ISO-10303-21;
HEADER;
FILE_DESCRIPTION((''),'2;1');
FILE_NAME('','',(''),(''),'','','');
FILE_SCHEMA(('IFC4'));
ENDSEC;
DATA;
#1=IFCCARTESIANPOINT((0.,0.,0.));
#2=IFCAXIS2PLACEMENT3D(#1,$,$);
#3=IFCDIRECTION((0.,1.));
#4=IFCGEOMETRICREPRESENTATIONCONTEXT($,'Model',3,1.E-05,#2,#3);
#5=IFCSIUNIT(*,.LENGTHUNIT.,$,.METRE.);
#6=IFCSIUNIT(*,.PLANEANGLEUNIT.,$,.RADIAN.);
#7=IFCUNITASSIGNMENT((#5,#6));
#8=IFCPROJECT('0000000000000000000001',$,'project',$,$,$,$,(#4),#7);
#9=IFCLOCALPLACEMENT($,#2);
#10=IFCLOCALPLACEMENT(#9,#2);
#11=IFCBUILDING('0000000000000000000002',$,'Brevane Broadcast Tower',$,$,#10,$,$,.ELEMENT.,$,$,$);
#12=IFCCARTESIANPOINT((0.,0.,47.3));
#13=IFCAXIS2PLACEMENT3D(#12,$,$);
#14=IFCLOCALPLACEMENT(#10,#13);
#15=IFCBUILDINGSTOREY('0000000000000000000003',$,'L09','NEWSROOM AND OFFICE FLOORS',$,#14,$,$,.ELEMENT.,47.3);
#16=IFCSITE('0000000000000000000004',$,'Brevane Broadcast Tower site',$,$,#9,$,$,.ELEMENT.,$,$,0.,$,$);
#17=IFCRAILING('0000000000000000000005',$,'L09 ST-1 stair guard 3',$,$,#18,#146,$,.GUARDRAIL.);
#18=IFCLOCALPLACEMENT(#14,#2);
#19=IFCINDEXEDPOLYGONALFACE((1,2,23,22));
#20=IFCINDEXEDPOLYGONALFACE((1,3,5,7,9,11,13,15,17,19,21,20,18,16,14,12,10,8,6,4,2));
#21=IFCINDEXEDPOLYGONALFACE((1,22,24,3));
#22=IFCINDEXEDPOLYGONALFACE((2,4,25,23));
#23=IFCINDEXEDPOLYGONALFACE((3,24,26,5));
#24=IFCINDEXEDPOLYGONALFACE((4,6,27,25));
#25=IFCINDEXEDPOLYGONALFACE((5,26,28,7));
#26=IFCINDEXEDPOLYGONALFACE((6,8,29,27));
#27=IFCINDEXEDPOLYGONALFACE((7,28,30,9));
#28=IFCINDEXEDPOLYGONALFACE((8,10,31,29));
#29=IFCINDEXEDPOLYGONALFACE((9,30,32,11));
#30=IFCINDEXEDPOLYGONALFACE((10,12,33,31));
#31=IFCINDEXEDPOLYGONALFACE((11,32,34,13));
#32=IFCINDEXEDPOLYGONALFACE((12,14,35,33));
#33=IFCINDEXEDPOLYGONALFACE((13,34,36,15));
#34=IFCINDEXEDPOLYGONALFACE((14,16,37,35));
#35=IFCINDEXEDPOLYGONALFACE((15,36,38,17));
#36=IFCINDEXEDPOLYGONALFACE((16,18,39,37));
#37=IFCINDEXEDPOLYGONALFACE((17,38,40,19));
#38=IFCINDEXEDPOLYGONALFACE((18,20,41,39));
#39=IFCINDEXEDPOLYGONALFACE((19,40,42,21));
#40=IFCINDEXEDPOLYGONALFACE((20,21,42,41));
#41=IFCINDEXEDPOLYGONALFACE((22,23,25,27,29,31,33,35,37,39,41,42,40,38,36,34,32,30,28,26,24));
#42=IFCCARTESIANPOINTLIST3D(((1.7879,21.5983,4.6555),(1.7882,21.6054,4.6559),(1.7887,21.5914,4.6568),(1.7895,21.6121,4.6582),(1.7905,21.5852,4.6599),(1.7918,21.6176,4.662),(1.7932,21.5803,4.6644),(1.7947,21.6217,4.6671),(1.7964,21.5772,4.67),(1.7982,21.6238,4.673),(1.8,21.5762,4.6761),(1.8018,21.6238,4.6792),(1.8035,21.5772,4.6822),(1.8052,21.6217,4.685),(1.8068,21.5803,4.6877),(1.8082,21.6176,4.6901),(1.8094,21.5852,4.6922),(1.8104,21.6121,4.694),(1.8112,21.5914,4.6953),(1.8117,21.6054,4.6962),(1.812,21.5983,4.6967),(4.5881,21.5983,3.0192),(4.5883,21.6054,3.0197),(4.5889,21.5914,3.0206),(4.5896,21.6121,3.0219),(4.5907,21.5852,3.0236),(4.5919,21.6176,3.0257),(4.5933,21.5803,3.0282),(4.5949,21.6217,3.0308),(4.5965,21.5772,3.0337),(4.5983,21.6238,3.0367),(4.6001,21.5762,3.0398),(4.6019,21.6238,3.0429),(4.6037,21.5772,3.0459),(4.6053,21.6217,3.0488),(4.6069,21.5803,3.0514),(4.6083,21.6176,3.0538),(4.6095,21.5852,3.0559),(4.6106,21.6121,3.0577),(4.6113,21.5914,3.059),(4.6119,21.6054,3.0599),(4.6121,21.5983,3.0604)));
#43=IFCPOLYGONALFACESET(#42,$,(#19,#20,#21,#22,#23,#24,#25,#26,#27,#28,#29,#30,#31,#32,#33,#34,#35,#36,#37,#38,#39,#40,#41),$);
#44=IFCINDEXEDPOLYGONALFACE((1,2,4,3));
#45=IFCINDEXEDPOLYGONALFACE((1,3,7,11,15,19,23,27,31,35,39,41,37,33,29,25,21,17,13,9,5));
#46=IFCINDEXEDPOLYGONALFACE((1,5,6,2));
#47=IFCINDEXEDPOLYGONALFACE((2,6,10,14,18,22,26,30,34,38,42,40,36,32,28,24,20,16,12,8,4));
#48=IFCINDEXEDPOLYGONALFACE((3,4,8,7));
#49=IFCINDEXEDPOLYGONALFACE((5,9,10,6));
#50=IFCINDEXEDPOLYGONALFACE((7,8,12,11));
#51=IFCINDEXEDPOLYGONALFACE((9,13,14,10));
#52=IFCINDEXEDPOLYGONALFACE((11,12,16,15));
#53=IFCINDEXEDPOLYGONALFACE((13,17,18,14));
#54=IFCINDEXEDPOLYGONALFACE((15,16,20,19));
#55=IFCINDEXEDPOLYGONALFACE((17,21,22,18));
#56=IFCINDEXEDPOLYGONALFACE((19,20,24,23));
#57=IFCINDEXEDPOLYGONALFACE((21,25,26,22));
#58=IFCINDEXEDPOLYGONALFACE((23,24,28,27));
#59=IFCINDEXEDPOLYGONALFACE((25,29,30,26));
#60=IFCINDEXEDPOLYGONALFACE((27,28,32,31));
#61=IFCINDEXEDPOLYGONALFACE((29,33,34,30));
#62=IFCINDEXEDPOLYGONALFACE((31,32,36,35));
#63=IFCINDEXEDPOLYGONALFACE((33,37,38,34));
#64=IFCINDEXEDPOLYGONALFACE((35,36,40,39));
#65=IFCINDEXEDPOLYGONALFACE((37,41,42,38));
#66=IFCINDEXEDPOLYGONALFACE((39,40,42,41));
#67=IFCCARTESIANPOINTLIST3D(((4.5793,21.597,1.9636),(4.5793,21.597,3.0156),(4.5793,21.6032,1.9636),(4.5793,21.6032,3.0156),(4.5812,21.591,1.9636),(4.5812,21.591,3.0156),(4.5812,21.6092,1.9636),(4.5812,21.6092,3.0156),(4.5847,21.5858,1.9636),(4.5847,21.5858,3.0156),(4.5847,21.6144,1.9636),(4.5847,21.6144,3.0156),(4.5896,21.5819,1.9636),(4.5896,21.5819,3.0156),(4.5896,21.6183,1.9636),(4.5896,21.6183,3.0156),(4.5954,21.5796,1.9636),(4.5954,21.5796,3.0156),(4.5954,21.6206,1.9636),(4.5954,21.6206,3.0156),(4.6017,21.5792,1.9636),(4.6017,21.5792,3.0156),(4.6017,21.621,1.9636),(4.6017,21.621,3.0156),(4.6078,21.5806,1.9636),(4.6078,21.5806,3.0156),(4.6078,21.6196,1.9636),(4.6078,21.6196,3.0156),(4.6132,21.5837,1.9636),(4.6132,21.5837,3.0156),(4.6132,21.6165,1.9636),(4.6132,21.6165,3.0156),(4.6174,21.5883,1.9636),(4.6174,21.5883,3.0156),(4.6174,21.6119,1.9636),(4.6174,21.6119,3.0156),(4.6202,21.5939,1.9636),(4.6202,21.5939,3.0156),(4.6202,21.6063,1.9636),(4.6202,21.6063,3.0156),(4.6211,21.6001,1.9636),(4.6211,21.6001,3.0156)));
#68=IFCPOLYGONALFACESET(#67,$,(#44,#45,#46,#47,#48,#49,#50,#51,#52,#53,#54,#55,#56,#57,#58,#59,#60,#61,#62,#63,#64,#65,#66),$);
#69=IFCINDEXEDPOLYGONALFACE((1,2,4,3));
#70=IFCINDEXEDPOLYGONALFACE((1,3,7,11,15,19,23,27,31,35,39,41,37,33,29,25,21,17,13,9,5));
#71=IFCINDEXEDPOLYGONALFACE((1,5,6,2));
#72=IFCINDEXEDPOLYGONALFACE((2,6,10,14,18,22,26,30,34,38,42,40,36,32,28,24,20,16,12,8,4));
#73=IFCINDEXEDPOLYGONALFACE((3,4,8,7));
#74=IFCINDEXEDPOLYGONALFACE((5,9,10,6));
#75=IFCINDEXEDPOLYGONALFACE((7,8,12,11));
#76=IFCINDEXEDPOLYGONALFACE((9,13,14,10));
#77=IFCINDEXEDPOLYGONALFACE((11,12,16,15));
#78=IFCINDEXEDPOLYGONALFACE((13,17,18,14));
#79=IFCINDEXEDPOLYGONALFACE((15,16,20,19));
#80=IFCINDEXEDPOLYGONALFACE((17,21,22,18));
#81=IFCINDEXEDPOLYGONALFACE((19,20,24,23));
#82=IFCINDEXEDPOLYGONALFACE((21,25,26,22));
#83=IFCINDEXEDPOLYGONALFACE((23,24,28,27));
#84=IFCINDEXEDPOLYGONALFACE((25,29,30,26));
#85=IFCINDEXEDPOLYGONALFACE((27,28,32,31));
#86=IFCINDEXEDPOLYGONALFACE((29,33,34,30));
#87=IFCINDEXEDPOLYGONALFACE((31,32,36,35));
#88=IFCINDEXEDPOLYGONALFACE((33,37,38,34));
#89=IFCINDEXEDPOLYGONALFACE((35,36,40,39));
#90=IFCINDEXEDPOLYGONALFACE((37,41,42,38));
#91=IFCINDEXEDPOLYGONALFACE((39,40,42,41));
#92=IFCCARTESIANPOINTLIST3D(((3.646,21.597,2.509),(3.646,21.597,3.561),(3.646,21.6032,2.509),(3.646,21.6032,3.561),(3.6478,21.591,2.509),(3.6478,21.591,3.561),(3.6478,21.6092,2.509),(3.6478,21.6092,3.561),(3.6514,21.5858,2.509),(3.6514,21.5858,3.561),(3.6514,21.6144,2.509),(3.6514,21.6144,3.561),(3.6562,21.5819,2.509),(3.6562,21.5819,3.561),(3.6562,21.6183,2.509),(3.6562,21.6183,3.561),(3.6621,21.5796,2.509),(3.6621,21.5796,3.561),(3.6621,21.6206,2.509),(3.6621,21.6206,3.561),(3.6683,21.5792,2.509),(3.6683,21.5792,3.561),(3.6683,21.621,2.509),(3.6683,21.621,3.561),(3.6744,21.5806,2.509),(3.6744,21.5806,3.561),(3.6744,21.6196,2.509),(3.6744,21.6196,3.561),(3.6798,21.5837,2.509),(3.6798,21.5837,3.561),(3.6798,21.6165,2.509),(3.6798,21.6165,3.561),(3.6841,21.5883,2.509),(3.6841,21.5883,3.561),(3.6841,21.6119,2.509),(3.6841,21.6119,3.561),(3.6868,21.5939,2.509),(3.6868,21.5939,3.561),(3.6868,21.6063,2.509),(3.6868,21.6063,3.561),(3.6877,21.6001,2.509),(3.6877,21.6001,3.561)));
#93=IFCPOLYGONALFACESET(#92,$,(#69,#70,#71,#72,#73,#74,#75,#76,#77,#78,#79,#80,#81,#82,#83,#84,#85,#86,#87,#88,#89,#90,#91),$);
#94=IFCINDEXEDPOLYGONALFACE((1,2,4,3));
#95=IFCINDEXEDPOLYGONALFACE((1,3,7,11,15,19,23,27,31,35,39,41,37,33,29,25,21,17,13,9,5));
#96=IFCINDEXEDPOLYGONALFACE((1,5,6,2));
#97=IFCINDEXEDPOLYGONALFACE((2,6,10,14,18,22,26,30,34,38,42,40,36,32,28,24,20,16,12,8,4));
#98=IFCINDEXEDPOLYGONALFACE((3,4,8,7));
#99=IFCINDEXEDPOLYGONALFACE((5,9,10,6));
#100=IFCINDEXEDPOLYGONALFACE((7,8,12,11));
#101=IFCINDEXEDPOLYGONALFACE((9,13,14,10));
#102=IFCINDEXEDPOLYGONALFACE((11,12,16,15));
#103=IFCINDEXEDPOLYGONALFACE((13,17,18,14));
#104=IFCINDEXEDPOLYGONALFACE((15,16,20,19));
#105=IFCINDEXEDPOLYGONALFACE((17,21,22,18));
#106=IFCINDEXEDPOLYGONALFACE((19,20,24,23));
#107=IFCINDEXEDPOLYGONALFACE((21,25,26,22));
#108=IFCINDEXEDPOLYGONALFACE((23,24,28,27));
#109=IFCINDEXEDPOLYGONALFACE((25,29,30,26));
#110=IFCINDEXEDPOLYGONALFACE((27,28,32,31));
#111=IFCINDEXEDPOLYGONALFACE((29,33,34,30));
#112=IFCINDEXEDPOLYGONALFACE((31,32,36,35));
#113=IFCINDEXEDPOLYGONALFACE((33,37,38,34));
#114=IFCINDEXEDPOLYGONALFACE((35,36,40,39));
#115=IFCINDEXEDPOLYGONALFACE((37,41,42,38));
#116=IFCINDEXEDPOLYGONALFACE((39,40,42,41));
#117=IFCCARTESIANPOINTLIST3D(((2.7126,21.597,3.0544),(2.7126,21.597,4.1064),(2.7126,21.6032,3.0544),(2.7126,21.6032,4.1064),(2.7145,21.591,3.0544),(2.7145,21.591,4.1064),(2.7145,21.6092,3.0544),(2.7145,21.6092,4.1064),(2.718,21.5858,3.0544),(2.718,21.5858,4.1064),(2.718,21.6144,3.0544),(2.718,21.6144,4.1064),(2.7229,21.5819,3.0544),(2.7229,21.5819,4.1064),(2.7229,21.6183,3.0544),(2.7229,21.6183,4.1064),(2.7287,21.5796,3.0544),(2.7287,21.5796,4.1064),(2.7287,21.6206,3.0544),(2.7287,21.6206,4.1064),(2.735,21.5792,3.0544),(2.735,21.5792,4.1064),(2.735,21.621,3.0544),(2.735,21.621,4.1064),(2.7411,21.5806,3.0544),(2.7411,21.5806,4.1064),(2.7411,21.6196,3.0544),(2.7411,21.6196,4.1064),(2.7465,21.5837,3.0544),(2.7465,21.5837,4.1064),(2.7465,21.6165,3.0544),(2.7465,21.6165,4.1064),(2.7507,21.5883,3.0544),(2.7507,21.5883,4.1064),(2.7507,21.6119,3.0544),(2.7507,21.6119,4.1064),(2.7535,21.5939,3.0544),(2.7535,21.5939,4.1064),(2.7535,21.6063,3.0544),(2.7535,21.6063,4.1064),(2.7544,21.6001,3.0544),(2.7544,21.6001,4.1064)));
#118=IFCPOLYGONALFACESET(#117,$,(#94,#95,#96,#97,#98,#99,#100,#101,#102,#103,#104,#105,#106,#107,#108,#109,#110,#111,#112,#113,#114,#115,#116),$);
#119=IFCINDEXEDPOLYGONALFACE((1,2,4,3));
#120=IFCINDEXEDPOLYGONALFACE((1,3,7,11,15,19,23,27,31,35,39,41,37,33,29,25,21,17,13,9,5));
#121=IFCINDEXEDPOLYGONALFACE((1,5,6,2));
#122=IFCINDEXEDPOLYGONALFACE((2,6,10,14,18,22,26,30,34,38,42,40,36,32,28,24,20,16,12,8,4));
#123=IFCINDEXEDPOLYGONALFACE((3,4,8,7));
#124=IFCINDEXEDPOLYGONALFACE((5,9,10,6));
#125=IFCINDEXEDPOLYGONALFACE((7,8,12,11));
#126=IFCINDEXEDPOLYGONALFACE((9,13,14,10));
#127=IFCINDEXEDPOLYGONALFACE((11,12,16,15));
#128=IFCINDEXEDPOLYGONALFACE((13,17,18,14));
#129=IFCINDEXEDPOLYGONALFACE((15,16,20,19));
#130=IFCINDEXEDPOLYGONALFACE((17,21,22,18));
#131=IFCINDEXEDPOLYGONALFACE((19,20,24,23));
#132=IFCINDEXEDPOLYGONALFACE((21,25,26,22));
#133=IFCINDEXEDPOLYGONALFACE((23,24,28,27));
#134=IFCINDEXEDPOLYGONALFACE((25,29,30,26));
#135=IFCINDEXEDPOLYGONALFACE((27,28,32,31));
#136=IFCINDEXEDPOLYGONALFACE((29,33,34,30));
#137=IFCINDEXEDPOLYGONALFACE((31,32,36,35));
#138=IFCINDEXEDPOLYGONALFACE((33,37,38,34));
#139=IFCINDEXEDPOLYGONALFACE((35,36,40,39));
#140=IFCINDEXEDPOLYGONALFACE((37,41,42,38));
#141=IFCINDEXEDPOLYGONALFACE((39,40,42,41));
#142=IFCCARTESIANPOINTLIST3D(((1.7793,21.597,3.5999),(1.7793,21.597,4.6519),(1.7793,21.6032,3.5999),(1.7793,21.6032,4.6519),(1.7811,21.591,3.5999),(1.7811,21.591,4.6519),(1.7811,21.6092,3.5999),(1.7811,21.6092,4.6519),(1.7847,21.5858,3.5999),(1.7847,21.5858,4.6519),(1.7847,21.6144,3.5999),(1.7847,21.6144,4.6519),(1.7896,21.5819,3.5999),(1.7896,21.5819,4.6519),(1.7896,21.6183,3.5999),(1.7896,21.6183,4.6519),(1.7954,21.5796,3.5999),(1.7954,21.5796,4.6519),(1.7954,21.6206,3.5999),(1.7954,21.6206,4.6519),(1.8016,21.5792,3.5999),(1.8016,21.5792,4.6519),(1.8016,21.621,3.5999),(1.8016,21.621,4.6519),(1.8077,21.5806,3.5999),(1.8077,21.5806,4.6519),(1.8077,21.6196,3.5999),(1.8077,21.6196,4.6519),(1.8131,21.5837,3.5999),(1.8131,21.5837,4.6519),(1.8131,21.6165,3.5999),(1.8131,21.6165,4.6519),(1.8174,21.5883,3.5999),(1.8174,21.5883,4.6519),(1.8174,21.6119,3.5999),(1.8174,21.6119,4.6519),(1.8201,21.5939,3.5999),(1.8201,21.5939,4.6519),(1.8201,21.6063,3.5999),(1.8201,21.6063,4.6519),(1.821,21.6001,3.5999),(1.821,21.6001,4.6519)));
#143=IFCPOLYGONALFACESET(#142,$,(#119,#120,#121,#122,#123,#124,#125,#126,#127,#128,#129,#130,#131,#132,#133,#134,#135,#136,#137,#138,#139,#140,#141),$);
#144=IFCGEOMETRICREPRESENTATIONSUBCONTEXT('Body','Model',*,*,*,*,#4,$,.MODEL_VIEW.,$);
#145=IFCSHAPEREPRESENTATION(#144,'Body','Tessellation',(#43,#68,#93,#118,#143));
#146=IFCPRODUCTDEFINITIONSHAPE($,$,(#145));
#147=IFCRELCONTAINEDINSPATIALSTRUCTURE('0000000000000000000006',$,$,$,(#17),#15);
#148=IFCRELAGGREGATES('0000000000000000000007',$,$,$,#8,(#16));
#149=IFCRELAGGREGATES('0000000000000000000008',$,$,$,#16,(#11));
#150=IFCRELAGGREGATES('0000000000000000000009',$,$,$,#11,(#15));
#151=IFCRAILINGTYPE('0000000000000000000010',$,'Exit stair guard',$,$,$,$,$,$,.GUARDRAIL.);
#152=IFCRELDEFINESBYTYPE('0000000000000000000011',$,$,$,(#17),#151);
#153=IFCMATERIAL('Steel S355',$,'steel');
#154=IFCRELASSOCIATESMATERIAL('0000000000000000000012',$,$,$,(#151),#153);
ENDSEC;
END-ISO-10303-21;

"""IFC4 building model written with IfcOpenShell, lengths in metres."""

from ifc_helpers import new_model, si_unit, direction, frame, origin, origin_2d, place, context, subcontext, project, spatial, circle, extrude, material, type_object, element, save


model = new_model("IFC4")

# Units and contexts
model_context = context("Model", 3, precision=1e-05, world=origin(), true_north=direction((0.0, 1.0)))
body_context = subcontext(model_context, "Body", "Model", "MODEL_VIEW")
ifc_project = project(units=[si_unit("LENGTHUNIT", "METRE"), si_unit("PLANEANGLEUNIT", "RADIAN")], contexts=[model_context])

# Site, building, storey
site_placement = place(None, origin())
site = spatial("IfcSite", under=ifc_project, at=site_placement, Name="Brevane Broadcast Tower site", CompositionType="ELEMENT", RefElevation=0.0)
building_placement = place(site_placement, origin())
building = spatial("IfcBuilding", under=site, at=building_placement, Name="Brevane Broadcast Tower", CompositionType="ELEMENT")
storey_placement = place(building_placement, frame((0.0, 0.0, 47.3)))
storey = spatial("IfcBuildingStorey", under=building, at=storey_placement, Name="L09", Description="NEWSROOM AND OFFICE FLOORS", CompositionType="ELEMENT", Elevation=47.3)

# Railing
ifc_material_1 = material(Name="Steel S355", Category="steel")
railing_type_1 = type_object("IfcRailingType", Name="Exit stair guard", PredefinedType="GUARDRAIL", material=ifc_material_1)
railing_1_placement = place(storey_placement, frame((4.6001, 21.6001, 1.9636)))
element("IfcRailing", 1, at=railing_1_placement, inside=storey, type_object=railing_type_1, Name="L09 ST-1 stair guard 3", PredefinedType="GUARDRAIL", context=body_context, shape_type="SweptSolid", body=[
    extrude(circle(Radius=0.0239, at=origin_2d()), frame((0.0, 0.0, 1.0762), z_axis=(-0.863394, 0.0, 0.504531), x_axis=(0.0, -1.0, 0.0)), (0.0, 0.0, 1.0), 3.2432),
    extrude(circle(Radius=0.021, at=origin_2d()), origin(), (0.0, 0.0, 1.0), 1.052),
    extrude(circle(Radius=0.021, at=origin_2d()), frame((-0.9333, 0.0, 0.5454)), (0.0, 0.0, 1.0), 1.052),
    extrude(circle(Radius=0.021, at=origin_2d()), frame((-1.8667, 0.0, 1.0908)), (0.0, 0.0, 1.0), 1.052),
    extrude(circle(Radius=0.021, at=origin_2d()), frame((-2.8, 0.0, 1.6362)), (0.0, 0.0, 1.0), 1.052),
])

save(model, "model.ifc")
